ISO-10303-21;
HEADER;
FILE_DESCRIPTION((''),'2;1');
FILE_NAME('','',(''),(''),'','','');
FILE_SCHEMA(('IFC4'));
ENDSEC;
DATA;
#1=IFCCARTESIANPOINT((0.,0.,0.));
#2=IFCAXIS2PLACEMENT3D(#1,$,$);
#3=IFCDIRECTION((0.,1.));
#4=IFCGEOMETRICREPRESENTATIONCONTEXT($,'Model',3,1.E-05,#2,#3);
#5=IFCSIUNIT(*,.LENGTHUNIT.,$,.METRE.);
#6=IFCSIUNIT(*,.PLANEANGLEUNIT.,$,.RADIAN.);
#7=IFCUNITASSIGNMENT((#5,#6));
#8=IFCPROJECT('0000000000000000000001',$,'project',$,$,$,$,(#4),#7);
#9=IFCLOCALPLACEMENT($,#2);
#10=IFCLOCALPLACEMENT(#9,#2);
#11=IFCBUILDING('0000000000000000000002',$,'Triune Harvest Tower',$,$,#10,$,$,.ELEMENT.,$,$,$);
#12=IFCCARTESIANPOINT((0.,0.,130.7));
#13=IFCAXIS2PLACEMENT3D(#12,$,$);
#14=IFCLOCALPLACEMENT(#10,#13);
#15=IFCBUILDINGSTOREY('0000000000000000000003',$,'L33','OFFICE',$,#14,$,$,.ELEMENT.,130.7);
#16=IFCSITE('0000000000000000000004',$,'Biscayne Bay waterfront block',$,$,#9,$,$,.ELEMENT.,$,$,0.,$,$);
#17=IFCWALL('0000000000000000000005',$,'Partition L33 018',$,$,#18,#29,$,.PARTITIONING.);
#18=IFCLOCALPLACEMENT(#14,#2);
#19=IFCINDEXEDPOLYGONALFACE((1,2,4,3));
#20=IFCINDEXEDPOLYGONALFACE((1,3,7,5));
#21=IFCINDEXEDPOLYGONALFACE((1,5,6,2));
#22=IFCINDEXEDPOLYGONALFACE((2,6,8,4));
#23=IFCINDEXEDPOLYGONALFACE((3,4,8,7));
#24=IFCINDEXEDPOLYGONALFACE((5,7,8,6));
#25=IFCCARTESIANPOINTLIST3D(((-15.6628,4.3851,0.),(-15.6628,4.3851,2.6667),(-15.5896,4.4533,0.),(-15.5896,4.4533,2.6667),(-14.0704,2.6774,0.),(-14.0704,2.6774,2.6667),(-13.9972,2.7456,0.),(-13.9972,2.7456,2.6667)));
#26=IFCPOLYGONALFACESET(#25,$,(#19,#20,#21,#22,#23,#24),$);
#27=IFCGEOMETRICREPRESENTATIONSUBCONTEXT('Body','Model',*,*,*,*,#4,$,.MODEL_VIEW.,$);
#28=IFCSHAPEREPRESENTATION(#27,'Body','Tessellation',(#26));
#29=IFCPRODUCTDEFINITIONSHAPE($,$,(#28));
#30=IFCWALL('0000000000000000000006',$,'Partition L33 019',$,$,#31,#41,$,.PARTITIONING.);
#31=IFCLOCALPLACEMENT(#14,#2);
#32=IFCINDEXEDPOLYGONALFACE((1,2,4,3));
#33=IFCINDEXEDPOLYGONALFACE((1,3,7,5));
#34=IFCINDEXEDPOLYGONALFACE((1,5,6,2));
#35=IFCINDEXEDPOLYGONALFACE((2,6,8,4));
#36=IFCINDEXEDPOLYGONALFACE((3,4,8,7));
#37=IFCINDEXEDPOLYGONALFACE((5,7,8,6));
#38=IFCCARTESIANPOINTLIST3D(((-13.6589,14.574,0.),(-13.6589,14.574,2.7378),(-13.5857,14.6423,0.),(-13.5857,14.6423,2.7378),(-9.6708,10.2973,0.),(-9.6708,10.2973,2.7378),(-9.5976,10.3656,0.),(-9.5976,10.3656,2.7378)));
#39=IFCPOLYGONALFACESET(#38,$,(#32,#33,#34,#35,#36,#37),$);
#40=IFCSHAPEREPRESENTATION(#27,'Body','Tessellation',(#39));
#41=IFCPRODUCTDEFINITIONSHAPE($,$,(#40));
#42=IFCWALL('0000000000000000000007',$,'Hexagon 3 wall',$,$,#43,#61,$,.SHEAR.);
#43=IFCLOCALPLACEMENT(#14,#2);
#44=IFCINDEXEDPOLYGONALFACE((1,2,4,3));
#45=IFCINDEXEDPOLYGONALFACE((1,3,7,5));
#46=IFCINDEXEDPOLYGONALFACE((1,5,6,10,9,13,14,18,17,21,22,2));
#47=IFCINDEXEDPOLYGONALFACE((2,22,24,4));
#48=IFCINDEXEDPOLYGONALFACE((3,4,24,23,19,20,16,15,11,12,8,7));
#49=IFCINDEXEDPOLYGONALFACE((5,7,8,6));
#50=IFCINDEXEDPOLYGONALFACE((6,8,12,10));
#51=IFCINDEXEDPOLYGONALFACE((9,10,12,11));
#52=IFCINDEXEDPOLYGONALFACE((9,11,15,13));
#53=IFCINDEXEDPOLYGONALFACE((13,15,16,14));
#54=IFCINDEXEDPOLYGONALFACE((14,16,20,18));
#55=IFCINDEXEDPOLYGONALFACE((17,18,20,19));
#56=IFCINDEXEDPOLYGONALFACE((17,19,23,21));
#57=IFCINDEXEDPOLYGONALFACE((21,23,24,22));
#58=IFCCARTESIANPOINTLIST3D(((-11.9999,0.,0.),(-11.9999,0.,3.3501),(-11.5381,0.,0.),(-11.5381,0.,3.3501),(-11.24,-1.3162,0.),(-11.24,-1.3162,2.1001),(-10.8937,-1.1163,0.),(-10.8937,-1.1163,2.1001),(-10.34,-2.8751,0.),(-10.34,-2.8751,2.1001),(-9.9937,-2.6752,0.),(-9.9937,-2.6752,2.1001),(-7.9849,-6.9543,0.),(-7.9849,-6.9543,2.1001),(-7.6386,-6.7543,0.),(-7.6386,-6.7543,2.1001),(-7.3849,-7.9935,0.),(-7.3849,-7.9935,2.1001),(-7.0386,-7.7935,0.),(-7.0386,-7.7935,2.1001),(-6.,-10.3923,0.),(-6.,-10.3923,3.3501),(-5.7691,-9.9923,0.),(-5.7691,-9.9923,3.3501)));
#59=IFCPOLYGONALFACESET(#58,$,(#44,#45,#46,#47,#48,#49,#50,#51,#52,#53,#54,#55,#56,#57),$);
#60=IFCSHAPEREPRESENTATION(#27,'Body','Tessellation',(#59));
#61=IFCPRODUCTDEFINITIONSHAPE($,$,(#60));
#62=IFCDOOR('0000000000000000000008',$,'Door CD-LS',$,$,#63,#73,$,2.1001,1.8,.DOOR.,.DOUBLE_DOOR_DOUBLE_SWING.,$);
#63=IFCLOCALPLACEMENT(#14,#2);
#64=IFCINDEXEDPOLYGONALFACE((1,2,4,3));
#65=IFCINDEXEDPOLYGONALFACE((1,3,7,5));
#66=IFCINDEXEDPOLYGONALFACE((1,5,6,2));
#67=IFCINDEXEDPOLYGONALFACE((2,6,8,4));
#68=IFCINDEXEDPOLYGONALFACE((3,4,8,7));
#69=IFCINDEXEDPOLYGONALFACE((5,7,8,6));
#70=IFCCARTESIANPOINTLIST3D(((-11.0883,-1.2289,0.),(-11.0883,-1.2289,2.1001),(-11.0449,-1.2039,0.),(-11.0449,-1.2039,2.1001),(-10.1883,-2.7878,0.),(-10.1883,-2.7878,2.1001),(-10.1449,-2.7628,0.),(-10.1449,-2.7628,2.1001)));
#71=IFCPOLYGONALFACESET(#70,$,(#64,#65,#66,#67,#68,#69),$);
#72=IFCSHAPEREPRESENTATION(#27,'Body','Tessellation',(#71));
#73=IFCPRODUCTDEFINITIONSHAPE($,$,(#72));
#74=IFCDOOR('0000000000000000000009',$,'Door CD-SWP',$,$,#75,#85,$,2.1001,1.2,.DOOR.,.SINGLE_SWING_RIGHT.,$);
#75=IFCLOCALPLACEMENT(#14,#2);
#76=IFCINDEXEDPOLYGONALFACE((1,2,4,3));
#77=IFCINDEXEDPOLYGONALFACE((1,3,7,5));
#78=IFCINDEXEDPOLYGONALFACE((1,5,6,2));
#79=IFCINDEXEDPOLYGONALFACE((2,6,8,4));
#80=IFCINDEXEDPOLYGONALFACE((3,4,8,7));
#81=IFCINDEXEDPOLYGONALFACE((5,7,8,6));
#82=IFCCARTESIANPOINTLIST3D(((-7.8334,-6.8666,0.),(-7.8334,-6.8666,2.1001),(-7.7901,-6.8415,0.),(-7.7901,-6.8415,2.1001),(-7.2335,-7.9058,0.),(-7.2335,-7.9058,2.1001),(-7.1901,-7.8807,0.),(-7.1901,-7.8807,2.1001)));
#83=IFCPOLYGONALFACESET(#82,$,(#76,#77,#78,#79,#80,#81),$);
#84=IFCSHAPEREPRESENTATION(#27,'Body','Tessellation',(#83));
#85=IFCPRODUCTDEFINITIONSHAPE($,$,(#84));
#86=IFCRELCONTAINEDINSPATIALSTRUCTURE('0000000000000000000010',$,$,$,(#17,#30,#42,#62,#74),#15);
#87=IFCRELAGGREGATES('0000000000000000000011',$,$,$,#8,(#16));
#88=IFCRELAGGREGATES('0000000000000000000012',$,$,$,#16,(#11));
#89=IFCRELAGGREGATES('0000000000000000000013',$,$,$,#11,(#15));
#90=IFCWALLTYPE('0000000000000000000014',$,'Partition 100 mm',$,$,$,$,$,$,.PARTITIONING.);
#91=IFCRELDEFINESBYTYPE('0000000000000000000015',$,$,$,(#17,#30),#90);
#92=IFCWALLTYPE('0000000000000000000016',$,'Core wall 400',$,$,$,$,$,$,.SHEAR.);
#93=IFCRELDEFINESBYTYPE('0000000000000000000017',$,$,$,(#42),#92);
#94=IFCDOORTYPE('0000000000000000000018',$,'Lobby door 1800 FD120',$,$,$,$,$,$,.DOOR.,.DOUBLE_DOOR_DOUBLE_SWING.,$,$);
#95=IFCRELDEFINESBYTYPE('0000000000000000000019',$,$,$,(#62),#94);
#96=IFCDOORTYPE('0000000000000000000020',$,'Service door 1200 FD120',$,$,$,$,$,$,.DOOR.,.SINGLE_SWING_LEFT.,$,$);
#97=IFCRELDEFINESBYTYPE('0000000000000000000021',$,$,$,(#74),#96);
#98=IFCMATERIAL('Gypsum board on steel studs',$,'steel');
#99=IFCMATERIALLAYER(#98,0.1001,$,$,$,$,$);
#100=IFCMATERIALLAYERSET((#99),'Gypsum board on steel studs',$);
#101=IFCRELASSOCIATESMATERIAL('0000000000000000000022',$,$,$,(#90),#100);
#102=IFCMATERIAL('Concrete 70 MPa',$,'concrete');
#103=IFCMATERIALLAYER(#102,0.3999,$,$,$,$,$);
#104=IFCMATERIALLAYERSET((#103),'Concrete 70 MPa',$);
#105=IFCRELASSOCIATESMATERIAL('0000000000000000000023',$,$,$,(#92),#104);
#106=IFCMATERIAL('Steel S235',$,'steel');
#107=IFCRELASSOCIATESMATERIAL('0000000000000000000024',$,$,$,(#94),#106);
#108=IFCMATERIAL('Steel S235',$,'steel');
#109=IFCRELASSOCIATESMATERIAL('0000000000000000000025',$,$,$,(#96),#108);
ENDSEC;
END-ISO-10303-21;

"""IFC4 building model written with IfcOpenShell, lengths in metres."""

from ifc_helpers import new_model, si_unit, direction, frame, frame_2d, origin, place, context, subcontext, project, spatial, polyline, rectangle, outline, extrude, source, transform, mapped, material, layer, layer_set, type_object, element, fill, save


model = new_model("IFC4")

# Units and contexts
model_context = context("Model", 3, precision=1e-05, world=origin(), true_north=direction((0.0, 1.0)))
body_context = subcontext(model_context, "Body", "Model", "MODEL_VIEW")
ifc_project = project(units=[si_unit("LENGTHUNIT", "METRE"), si_unit("PLANEANGLEUNIT", "RADIAN")], contexts=[model_context])

# Site, building, storey
site_placement = place(None, origin())
site = spatial("IfcSite", under=ifc_project, at=site_placement, Name="Biscayne Bay waterfront block", CompositionType="ELEMENT", RefElevation=0.0)
building_placement = place(site_placement, origin())
building = spatial("IfcBuilding", under=site, at=building_placement, Name="Triune Harvest Tower", CompositionType="ELEMENT")
storey_placement = place(building_placement, frame((0.0, 0.0, 130.7)))
storey = spatial("IfcBuildingStorey", under=building, at=storey_placement, Name="L33", Description="OFFICE", CompositionType="ELEMENT", Elevation=130.7)

# Walls
ifc_material_1 = material(Name="Gypsum board on steel studs", Category="steel")
ifc_layer_1 = layer(ifc_material_1, 0.1001)
ifc_layer_set_1 = layer_set([ifc_layer_1], Name="Gypsum board on steel studs")
wall_type_1 = type_object("IfcWallType", Name="Partition 100 mm", PredefinedType="PARTITIONING", material=ifc_layer_set_1)
wall_1_placement = place(storey_placement, frame((-15.6262, 4.4192, 0.0), z_axis=(0.0, 0.0, 1.0), x_axis=(0.682002, -0.731351, 0.0)))
element("IfcWall", 1, at=wall_1_placement, inside=storey, type_object=wall_type_1, Name="Partition L33 018", PredefinedType="PARTITIONING", context=body_context, shape_type="SweptSolid", body=[
    extrude(rectangle(XDim=2.335, YDim=0.1001, at=frame_2d((1.1675, 0.0))), origin(), (0.0, 0.0, 1.0), 2.6667),
])
wall_2_placement = place(storey_placement, frame((-13.6223, 14.6082, 0.0), z_axis=(0.0, 0.0, 1.0), x_axis=(0.682001, -0.731351, 0.0)))
element("IfcWall", 2, at=wall_2_placement, inside=storey, type_object=wall_type_1, Name="Partition L33 019", PredefinedType="PARTITIONING", context=body_context, shape_type="SweptSolid", body=[
    extrude(rectangle(XDim=5.8477, YDim=0.1001, at=frame_2d((2.9238, 0.0))), origin(), (0.0, 0.0, 1.0), 2.7378),
])

# Wall, openings, doors
ifc_material_2 = material(Name="Concrete 70 MPa", Category="concrete")
ifc_layer_2 = layer(ifc_material_2, 0.3999)
ifc_layer_set_2 = layer_set([ifc_layer_2], Name="Concrete 70 MPa")
wall_type_2 = type_object("IfcWallType", Name="Core wall 400", PredefinedType="SHEAR", material=ifc_layer_set_2)
shared_shape_1 = source(origin(), body_context, "Body", "SweptSolid", [
    extrude(outline(polyline([(-0.1155, -0.2), (11.8845, -0.2), (11.6536, 0.2), (0.1155, 0.2), (-0.1155, -0.2)])), origin(), (0.0, 0.0, 1.0), 3.3501),
])
wall_3_placement = place(storey_placement, frame((-11.769, 0.0, 0.0), z_axis=(0.0, 0.0, 1.0), x_axis=(0.499997, -0.866027, 0.0)))
wall_3 = element("IfcWall", 3, at=wall_3_placement, inside=storey, type_object=wall_type_2, Name="Hexagon 3 wall", PredefinedType="SHEAR", context=body_context, shape_type="MappedRepresentation", body=[
    mapped(shared_shape_1, transform((0.0, 0.0, 0.0), scale=1.0)),
])
opening_1_placement = place(wall_3_placement, frame((1.4045, 0.0, 0.0)))
opening_1 = element("IfcOpeningElement", 4, at=opening_1_placement, cuts=wall_3, PredefinedType="OPENING", context=body_context, shape_type="SweptSolid", body=[
    extrude(rectangle(XDim=1.8, YDim=2.1001, at=frame_2d((0.8999, 1.05))), frame((0.0, 0.21, 0.0), z_axis=(0.0, -1.0, 0.0), x_axis=(1.0, 0.0, 0.0)), (0.0, 0.0, 1.0), 0.4199),
])
opening_2_placement = place(wall_3_placement, frame((7.9146, 0.0, 0.0)))
opening_2 = element("IfcOpeningElement", 5, at=opening_2_placement, cuts=wall_3, PredefinedType="OPENING", context=body_context, shape_type="SweptSolid", body=[
    extrude(rectangle(XDim=1.2, YDim=2.1001, at=frame_2d((0.6001, 1.05))), frame((0.0, 0.21, 0.0), z_axis=(0.0, -1.0, 0.0), x_axis=(1.0, 0.0, 0.0)), (0.0, 0.0, 1.0), 0.4199),
])
ifc_material_3 = material(Name="Steel S235", Category="steel")
door_type_1 = type_object("IfcDoorType", Name="Lobby door 1800 FD120", OperationType="DOUBLE_DOOR_DOUBLE_SWING", PredefinedType="DOOR", material=ifc_material_3)
door_1_placement = place(opening_1_placement, frame((1.8, 0.0, 0.0), z_axis=(0.0, 0.0, 1.0), x_axis=(-1.0, 0.0, 0.0)))
door_1 = element("IfcDoor", 6, at=door_1_placement, inside=storey, type_object=door_type_1, Name="Door CD-LS", OperationType="DOUBLE_DOOR_DOUBLE_SWING", OverallHeight=2.1001, OverallWidth=1.8, PredefinedType="DOOR", context=body_context, shape_type="SweptSolid", body=[
    extrude(rectangle(XDim=1.8, YDim=2.1001, at=frame_2d((0.8999, 1.05))), frame((0.0, 0.0249, 0.0), z_axis=(0.0, -1.0, 0.0), x_axis=(1.0, 0.0, 0.0)), (0.0, 0.0, 1.0), 0.05),
])
fill(opening_1, door_1)
ifc_material_4 = material(Name="Steel S235", Category="steel")
door_type_2 = type_object("IfcDoorType", Name="Service door 1200 FD120", OperationType="SINGLE_SWING_LEFT", PredefinedType="DOOR", material=ifc_material_4)
door_2_placement = place(opening_2_placement, frame((1.2, 0.0, 0.0), z_axis=(0.0, 0.0, 1.0), x_axis=(-1.0, 0.0, 0.0)))
door_2 = element("IfcDoor", 7, at=door_2_placement, inside=storey, type_object=door_type_2, Name="Door CD-SWP", OperationType="SINGLE_SWING_RIGHT", OverallHeight=2.1001, OverallWidth=1.2, PredefinedType="DOOR", context=body_context, shape_type="SweptSolid", body=[
    extrude(rectangle(XDim=1.2, YDim=2.1001, at=frame_2d((0.6001, 1.05))), frame((0.0, 0.0249, 0.0), z_axis=(0.0, -1.0, 0.0), x_axis=(1.0, 0.0, 0.0)), (0.0, 0.0, 1.0), 0.05),
])
fill(opening_2, door_2)

save(model, "model.ifc")
